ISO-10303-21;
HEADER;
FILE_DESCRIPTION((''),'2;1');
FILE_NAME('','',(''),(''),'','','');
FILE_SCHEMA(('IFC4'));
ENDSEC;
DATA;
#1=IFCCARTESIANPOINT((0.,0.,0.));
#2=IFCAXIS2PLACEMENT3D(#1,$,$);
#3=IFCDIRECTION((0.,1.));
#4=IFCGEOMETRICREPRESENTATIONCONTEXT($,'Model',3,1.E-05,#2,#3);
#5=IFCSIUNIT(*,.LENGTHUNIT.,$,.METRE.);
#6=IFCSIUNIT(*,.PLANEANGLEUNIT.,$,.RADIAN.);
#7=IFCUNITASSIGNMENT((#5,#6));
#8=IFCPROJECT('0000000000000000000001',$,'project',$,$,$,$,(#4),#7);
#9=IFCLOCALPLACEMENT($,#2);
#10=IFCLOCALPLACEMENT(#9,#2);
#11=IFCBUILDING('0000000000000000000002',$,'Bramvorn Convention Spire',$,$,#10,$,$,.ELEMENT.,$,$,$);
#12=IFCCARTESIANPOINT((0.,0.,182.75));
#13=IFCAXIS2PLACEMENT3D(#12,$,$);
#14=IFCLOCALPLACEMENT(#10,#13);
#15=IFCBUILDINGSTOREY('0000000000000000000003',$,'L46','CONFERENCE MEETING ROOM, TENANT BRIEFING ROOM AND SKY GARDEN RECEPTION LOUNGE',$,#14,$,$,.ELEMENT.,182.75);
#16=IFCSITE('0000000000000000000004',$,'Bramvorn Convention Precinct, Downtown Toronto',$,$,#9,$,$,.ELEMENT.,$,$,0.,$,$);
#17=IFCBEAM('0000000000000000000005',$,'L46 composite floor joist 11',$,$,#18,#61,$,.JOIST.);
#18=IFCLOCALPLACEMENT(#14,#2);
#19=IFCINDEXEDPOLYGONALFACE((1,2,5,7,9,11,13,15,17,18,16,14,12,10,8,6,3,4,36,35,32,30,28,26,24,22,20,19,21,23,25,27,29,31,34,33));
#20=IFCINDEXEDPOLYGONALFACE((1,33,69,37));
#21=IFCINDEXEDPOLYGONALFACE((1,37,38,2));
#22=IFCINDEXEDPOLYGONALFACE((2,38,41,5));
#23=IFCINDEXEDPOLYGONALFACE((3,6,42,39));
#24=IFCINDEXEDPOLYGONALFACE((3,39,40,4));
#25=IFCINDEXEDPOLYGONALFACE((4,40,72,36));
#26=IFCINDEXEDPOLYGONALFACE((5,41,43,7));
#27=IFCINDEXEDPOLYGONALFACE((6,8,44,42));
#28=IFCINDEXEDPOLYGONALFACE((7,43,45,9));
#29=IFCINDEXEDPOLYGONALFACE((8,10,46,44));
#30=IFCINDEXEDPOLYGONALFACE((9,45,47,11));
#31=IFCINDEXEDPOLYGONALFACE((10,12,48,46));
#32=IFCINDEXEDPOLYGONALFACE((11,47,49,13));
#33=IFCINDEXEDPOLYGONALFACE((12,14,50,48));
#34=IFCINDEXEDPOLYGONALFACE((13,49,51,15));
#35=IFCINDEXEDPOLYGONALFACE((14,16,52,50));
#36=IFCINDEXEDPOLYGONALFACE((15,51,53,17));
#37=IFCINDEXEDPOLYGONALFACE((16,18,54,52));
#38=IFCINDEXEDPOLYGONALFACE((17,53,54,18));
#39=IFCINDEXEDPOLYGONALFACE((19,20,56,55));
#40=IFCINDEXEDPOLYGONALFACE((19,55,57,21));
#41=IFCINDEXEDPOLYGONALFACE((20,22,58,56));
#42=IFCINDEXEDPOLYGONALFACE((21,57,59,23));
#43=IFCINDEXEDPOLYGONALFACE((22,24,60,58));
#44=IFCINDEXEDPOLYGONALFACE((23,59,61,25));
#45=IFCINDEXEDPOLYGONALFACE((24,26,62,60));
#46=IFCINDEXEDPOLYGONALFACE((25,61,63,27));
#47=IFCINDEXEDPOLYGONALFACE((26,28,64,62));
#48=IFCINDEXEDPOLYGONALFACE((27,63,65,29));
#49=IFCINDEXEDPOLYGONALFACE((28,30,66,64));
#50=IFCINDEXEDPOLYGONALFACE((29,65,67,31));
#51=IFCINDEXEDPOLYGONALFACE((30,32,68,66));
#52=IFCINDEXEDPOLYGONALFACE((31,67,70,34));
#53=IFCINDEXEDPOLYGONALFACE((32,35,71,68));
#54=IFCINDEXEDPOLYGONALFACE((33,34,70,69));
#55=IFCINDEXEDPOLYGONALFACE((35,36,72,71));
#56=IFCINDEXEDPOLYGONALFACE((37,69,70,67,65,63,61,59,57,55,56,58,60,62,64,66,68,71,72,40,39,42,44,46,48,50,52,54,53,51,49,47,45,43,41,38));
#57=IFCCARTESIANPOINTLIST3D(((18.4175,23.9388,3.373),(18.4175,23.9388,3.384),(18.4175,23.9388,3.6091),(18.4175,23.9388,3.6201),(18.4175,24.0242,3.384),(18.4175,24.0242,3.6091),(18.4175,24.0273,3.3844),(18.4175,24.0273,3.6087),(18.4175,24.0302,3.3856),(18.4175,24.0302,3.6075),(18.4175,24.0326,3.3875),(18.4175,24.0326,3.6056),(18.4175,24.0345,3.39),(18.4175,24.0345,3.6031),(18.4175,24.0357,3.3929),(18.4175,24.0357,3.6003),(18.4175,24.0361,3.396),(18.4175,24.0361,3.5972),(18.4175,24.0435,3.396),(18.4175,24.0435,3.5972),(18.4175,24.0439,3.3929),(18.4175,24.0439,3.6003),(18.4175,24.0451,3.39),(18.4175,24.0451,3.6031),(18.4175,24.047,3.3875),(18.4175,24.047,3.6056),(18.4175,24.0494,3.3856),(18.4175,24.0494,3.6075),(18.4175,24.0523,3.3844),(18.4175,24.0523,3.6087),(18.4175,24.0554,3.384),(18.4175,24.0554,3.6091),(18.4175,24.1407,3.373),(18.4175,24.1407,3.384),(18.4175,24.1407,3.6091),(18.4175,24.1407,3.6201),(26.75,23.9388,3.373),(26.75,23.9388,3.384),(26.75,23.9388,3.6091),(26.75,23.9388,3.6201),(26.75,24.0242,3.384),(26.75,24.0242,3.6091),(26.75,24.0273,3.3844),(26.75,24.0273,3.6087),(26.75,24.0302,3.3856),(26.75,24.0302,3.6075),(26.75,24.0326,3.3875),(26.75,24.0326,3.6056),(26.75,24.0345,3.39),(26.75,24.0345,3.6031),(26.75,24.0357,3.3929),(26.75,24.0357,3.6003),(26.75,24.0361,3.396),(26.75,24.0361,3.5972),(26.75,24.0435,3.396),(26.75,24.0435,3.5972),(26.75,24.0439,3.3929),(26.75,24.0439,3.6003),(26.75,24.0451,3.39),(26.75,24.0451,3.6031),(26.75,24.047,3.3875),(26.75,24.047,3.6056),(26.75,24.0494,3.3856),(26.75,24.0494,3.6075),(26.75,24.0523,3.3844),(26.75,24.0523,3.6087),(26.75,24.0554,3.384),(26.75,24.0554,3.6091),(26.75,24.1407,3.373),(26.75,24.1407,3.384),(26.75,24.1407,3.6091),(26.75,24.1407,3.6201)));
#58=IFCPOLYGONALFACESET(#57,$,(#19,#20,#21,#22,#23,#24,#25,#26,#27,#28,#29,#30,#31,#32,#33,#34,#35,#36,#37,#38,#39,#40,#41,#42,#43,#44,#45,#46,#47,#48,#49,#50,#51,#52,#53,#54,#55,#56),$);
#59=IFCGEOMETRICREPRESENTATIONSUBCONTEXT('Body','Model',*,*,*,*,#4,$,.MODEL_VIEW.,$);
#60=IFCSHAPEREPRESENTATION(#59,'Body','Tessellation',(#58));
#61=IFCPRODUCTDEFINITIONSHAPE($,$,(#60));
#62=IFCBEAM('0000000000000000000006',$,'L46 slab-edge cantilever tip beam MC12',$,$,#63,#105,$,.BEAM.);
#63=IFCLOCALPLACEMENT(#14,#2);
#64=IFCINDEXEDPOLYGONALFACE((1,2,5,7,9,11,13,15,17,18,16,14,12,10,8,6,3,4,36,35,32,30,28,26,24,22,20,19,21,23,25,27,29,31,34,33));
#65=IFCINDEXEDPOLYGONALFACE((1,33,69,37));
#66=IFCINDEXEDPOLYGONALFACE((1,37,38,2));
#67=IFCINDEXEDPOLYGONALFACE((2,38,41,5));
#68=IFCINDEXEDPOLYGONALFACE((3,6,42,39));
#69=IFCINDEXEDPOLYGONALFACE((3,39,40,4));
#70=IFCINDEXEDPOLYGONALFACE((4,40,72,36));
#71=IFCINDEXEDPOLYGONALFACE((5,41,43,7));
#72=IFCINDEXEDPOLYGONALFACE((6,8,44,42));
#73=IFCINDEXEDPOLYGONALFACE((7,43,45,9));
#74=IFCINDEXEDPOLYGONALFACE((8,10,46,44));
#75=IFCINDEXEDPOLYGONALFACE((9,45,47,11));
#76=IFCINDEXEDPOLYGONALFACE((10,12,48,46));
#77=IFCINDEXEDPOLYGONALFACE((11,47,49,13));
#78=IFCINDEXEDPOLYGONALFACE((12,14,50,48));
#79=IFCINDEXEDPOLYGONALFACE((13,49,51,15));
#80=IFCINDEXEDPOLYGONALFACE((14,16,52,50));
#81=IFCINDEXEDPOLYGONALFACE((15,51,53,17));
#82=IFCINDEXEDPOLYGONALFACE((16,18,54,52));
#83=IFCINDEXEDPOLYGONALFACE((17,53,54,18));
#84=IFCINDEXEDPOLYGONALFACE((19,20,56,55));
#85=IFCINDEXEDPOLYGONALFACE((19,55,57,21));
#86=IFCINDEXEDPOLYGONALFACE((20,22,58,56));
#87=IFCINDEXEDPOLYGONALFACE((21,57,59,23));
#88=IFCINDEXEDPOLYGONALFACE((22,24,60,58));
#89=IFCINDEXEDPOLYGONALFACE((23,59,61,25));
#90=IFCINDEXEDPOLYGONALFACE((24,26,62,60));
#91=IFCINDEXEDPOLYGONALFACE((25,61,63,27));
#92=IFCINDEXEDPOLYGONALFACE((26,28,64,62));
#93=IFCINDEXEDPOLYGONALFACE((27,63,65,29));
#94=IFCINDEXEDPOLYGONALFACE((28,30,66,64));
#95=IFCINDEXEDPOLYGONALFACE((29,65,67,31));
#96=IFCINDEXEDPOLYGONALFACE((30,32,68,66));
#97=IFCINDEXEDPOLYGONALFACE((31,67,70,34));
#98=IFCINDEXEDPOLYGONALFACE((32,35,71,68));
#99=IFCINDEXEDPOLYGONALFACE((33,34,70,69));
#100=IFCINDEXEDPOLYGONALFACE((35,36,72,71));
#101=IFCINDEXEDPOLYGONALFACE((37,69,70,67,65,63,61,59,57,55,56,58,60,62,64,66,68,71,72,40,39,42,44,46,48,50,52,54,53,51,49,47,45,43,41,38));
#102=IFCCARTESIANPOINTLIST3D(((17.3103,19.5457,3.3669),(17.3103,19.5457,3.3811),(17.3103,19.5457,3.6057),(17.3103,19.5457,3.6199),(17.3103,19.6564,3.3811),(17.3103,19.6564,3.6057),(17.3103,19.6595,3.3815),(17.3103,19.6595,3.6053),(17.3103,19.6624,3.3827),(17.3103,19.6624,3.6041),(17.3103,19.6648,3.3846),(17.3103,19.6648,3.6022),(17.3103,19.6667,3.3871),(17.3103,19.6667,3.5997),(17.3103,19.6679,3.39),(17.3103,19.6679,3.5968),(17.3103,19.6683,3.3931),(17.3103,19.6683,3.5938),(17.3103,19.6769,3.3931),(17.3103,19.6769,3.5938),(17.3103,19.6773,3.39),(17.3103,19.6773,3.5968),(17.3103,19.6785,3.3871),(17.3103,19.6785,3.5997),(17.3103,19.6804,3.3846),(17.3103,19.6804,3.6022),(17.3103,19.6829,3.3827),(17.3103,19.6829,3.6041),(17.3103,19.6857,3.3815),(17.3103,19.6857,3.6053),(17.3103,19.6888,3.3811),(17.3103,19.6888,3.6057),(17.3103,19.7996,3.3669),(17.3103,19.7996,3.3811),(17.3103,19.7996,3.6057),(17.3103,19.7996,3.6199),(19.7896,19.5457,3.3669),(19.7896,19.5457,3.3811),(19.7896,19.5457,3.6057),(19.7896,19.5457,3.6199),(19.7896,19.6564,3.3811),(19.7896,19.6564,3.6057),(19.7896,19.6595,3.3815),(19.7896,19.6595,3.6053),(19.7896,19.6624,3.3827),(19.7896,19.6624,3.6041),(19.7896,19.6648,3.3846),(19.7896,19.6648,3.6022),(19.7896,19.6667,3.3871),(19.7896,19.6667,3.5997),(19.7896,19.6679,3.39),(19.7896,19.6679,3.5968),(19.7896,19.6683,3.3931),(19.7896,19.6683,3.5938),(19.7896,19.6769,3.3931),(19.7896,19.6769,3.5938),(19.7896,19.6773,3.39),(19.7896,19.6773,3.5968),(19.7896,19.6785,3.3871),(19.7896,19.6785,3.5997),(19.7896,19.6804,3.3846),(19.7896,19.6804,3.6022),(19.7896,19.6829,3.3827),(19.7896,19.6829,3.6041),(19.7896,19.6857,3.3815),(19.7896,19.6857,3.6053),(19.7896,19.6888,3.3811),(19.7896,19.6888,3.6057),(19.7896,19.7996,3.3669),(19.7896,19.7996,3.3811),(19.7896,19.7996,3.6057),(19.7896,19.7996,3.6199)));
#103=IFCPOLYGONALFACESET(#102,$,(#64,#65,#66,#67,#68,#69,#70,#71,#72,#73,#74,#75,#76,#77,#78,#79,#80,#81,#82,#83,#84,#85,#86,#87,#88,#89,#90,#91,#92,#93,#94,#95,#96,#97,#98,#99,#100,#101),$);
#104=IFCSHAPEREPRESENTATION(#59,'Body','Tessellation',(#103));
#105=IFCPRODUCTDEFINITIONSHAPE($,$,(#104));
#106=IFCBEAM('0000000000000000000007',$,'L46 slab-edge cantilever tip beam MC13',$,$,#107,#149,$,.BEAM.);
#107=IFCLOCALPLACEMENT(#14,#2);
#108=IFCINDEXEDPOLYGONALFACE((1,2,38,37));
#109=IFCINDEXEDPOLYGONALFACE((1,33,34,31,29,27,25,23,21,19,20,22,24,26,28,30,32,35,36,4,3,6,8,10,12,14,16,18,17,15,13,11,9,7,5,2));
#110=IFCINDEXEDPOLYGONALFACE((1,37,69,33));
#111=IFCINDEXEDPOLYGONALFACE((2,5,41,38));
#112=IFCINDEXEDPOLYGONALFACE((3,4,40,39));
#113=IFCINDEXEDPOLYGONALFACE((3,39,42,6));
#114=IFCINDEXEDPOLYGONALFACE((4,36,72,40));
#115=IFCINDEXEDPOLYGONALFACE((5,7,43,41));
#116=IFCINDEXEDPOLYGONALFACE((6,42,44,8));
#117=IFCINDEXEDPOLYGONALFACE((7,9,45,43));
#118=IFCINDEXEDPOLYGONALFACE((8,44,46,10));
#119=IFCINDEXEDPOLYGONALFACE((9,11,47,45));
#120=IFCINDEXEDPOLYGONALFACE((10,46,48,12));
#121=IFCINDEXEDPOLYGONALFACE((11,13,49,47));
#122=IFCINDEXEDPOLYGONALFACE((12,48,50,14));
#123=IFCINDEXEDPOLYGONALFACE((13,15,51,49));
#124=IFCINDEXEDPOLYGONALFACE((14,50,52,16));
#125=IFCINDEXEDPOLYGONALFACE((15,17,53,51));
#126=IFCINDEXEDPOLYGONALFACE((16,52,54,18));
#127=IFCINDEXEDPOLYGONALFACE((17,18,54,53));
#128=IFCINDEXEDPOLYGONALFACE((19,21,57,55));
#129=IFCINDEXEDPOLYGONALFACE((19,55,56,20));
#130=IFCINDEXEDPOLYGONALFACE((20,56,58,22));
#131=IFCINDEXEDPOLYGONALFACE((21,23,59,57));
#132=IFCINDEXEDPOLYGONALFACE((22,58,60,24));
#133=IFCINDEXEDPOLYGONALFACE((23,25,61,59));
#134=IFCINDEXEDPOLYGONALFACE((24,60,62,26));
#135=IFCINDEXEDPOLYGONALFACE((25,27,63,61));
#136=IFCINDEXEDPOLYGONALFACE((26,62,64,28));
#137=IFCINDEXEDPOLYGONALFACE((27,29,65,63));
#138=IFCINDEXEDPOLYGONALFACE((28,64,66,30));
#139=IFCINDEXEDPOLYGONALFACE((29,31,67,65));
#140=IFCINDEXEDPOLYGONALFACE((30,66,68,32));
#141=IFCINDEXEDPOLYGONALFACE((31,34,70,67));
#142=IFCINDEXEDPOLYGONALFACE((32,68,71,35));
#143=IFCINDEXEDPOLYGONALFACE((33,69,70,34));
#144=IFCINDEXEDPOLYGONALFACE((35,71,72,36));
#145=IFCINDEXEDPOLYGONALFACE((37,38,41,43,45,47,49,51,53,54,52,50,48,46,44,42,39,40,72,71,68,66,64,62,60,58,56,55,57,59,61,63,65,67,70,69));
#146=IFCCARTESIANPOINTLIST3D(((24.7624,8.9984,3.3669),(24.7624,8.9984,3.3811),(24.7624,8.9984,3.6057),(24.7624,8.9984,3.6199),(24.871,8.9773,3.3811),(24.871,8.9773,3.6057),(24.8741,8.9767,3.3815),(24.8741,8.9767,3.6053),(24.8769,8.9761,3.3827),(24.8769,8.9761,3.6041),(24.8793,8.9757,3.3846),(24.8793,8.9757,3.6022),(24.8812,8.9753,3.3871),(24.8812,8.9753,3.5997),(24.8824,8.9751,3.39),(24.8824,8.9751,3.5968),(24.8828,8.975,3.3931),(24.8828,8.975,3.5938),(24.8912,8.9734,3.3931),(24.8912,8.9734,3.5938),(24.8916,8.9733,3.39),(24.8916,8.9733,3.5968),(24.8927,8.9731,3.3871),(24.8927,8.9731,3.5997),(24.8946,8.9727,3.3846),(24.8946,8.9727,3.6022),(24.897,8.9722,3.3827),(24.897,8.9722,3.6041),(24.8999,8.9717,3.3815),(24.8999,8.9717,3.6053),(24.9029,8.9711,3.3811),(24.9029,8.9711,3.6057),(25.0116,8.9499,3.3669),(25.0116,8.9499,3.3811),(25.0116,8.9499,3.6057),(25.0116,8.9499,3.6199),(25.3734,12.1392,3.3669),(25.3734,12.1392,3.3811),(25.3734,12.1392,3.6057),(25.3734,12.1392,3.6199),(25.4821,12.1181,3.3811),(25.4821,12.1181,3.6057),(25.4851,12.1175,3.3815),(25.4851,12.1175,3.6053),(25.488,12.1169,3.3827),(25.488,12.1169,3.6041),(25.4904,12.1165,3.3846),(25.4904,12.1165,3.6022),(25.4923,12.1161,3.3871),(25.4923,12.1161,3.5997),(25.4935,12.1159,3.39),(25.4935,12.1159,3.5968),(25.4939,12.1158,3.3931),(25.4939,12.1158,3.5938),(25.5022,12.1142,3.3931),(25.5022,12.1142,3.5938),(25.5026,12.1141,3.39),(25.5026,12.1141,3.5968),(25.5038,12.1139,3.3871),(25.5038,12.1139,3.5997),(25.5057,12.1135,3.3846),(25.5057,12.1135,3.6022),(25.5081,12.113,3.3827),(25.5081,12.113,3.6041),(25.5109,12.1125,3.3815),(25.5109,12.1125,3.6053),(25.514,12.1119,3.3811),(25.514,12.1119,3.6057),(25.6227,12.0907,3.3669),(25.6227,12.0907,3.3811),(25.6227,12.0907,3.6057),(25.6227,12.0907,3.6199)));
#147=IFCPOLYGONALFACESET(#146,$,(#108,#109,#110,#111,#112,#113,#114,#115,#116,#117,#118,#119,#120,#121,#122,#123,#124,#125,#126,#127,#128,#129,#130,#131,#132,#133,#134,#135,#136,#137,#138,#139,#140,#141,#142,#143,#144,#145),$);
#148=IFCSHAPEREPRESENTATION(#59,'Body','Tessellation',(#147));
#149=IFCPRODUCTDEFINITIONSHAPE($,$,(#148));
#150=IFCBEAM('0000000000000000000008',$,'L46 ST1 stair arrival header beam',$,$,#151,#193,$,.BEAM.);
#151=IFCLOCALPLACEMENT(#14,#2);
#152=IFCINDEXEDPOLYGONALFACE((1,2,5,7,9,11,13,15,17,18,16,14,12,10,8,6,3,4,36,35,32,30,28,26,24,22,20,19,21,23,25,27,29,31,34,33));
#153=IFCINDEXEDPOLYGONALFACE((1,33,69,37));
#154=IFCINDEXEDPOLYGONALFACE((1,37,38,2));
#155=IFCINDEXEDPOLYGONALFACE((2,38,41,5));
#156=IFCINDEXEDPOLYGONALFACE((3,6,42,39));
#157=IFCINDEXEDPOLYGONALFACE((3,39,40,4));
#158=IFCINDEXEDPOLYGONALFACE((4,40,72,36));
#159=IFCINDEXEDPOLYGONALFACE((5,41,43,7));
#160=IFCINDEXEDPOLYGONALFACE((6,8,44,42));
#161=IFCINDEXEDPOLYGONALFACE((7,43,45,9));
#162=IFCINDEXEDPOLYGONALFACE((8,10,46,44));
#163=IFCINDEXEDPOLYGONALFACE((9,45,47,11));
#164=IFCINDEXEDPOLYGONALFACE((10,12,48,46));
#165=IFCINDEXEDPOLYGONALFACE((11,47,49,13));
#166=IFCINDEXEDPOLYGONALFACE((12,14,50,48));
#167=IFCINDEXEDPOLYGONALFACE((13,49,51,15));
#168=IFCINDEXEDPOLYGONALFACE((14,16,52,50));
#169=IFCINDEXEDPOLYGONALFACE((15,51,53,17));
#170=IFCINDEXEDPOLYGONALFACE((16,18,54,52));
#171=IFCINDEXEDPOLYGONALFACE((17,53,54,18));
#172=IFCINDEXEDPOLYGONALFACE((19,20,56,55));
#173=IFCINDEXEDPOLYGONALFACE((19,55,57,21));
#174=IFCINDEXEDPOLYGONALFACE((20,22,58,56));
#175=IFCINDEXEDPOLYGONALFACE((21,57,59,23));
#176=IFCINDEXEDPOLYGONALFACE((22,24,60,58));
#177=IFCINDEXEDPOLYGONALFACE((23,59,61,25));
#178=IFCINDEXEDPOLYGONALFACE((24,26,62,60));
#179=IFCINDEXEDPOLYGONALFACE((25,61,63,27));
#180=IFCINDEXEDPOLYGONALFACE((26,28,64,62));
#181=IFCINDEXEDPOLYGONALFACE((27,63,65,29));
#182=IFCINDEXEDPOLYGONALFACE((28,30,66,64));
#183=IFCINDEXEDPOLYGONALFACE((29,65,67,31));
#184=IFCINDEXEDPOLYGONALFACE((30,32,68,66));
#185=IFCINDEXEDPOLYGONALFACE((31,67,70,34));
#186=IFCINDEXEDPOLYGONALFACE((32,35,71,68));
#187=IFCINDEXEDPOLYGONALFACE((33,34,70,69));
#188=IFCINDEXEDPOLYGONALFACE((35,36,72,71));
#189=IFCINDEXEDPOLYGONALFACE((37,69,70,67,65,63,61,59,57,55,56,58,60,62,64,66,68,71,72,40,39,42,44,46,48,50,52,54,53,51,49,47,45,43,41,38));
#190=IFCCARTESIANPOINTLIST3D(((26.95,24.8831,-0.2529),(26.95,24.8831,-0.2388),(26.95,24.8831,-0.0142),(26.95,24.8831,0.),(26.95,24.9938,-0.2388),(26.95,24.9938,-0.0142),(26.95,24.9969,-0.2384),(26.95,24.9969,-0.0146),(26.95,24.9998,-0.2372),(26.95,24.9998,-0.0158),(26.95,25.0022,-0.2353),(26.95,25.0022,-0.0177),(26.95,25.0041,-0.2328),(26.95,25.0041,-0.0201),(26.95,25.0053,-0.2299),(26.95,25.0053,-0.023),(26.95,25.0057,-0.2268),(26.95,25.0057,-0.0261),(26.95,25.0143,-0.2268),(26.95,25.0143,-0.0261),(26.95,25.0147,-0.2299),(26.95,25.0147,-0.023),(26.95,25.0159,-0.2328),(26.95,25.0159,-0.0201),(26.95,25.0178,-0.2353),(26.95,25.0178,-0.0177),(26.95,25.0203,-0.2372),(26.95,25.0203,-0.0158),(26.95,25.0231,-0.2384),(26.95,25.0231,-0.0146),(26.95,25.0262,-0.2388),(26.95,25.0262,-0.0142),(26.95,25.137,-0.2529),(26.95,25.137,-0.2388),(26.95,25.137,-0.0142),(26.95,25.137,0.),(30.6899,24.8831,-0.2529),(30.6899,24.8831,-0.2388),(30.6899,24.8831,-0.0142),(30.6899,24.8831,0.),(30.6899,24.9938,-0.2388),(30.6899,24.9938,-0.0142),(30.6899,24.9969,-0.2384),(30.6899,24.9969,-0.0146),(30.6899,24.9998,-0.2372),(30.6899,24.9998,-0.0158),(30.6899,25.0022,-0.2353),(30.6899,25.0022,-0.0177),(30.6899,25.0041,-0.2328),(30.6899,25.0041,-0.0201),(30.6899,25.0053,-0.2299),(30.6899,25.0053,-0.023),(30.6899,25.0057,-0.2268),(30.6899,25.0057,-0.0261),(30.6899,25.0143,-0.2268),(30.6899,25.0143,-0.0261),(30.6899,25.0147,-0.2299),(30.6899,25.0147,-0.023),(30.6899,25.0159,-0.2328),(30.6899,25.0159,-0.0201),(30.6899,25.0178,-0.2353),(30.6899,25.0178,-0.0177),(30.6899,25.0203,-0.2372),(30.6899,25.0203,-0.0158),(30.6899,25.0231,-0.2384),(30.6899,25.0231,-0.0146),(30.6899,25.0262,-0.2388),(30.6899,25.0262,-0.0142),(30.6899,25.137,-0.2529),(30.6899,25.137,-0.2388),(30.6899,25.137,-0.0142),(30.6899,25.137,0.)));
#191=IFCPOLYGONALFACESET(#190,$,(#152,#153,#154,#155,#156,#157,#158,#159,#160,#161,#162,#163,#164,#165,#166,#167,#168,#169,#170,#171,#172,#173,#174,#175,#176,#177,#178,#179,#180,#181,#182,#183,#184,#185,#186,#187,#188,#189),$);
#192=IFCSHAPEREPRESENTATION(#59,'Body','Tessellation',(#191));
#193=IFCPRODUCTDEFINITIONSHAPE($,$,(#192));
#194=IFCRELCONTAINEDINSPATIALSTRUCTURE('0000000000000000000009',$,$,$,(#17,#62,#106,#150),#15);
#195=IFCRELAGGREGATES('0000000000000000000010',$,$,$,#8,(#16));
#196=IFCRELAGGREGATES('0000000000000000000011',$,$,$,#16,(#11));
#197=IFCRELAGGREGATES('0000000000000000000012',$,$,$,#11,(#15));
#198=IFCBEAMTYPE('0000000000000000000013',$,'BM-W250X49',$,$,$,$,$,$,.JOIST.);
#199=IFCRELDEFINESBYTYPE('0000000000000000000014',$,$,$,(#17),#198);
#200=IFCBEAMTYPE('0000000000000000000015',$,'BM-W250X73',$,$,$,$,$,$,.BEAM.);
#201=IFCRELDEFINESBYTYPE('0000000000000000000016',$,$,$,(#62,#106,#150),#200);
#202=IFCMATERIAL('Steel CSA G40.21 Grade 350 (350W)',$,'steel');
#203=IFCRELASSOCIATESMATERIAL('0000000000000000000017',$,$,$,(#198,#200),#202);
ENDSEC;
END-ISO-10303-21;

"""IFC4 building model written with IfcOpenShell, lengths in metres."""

from ifc_helpers import new_model, si_unit, direction, frame, origin, origin_2d, place, context, subcontext, project, spatial, i_section, extrude, material, material_profile, profile_set, type_object, element, save


model = new_model("IFC4")

# Units and contexts
model_context = context("Model", 3, precision=1e-05, world=origin(), true_north=direction((0.0, 1.0)))
body_context = subcontext(model_context, "Body", "Model", "MODEL_VIEW")
ifc_project = project(units=[si_unit("LENGTHUNIT", "METRE"), si_unit("PLANEANGLEUNIT", "RADIAN")], contexts=[model_context])

# Site, building, storey
site_placement = place(None, origin())
site = spatial("IfcSite", under=ifc_project, at=site_placement, Name="Bramvorn Convention Precinct, Downtown Toronto", CompositionType="ELEMENT", RefElevation=0.0)
building_placement = place(site_placement, origin())
building = spatial("IfcBuilding", under=site, at=building_placement, Name="Bramvorn Convention Spire", CompositionType="ELEMENT")
storey_placement = place(building_placement, frame((0.0, 0.0, 182.75)))
storey = spatial("IfcBuildingStorey", under=building, at=storey_placement, Name="L46", Description="CONFERENCE MEETING ROOM, TENANT BRIEFING ROOM AND SKY GARDEN RECEPTION LOUNGE", CompositionType="ELEMENT", Elevation=182.75)

# Shared definitions
ifc_material_1 = material(Name="Steel CSA G40.21 Grade 350 (350W)", Category="steel")

# Beams
ifc_material_profile_1 = material_profile(ifc_material_1, i_section(OverallWidth=0.2019, OverallDepth=0.2471, WebThickness=0.0073, FlangeThickness=0.011, FilletRadius=0.012, at=origin_2d()))
ifc_profile_set_1 = profile_set([ifc_material_profile_1], Name="Steel CSA G40.21 Grade 350 (350W) - W250X49")
beam_type_1 = type_object("IfcBeamType", Name="BM-W250X49", PredefinedType="JOIST", material=ifc_profile_set_1)
beam_1_placement = place(storey_placement, frame((26.75, 24.0398, 3.4966), z_axis=(-1.0, 0.0, 0.0), x_axis=(0.0, -1.0, 0.0)))
element("IfcBeam", 1, at=beam_1_placement, inside=storey, type_object=beam_type_1, Name="L46 composite floor joist 11", PredefinedType="JOIST", context=body_context, shape_type="SweptSolid", body=[
    extrude(i_section(OverallWidth=0.2019, OverallDepth=0.2471, WebThickness=0.0073, FlangeThickness=0.011, FilletRadius=0.012, at=origin_2d()), origin(), (0.0, 0.0, 1.0), 8.3325),
])
ifc_material_profile_2 = material_profile(ifc_material_1, i_section(OverallWidth=0.2539, OverallDepth=0.2529, WebThickness=0.0085, FlangeThickness=0.0142, FilletRadius=0.012, at=origin_2d()))
ifc_profile_set_2 = profile_set([ifc_material_profile_2], Name="Steel CSA G40.21 Grade 350 (350W) - W250X73")
beam_type_2 = type_object("IfcBeamType", Name="BM-W250X73", PredefinedType="BEAM", material=ifc_profile_set_2)
beam_2_placement = place(storey_placement, frame((19.7896, 19.6726, 3.4934), z_axis=(-1.0, 0.0, 0.0), x_axis=(0.0, -1.0, 0.0)))
element("IfcBeam", 2, at=beam_2_placement, inside=storey, type_object=beam_type_2, Name="L46 slab-edge cantilever tip beam MC12", PredefinedType="BEAM", context=body_context, shape_type="SweptSolid", body=[
    extrude(i_section(OverallWidth=0.2539, OverallDepth=0.2529, WebThickness=0.0085, FlangeThickness=0.0142, FilletRadius=0.012, at=origin_2d()), origin(), (0.0, 0.0, 1.0), 2.4792),
])
beam_3_placement = place(storey_placement, frame((25.498, 12.115, 3.4934), z_axis=(-0.190978, -0.981594, 0.0), x_axis=(0.981594, -0.190978, 0.0)))
element("IfcBeam", 3, at=beam_3_placement, inside=storey, type_object=beam_type_2, Name="L46 slab-edge cantilever tip beam MC13", PredefinedType="BEAM", context=body_context, shape_type="SweptSolid", body=[
    extrude(i_section(OverallWidth=0.2539, OverallDepth=0.2529, WebThickness=0.0085, FlangeThickness=0.0142, FilletRadius=0.012, at=origin_2d()), origin(), (0.0, 0.0, 1.0), 3.1997),
])
beam_4_placement = place(storey_placement, frame((26.95, 25.01, -0.1265), z_axis=(1.0, 0.0, 0.0), x_axis=(0.0, 1.0, 0.0)))
element("IfcBeam", 4, at=beam_4_placement, inside=storey, type_object=beam_type_2, Name="L46 ST1 stair arrival header beam", PredefinedType="BEAM", context=body_context, shape_type="SweptSolid", body=[
    extrude(i_section(OverallWidth=0.2539, OverallDepth=0.2529, WebThickness=0.0085, FlangeThickness=0.0142, FilletRadius=0.012, at=origin_2d()), origin(), (0.0, 0.0, 1.0), 3.74),
])

save(model, "model.ifc")
